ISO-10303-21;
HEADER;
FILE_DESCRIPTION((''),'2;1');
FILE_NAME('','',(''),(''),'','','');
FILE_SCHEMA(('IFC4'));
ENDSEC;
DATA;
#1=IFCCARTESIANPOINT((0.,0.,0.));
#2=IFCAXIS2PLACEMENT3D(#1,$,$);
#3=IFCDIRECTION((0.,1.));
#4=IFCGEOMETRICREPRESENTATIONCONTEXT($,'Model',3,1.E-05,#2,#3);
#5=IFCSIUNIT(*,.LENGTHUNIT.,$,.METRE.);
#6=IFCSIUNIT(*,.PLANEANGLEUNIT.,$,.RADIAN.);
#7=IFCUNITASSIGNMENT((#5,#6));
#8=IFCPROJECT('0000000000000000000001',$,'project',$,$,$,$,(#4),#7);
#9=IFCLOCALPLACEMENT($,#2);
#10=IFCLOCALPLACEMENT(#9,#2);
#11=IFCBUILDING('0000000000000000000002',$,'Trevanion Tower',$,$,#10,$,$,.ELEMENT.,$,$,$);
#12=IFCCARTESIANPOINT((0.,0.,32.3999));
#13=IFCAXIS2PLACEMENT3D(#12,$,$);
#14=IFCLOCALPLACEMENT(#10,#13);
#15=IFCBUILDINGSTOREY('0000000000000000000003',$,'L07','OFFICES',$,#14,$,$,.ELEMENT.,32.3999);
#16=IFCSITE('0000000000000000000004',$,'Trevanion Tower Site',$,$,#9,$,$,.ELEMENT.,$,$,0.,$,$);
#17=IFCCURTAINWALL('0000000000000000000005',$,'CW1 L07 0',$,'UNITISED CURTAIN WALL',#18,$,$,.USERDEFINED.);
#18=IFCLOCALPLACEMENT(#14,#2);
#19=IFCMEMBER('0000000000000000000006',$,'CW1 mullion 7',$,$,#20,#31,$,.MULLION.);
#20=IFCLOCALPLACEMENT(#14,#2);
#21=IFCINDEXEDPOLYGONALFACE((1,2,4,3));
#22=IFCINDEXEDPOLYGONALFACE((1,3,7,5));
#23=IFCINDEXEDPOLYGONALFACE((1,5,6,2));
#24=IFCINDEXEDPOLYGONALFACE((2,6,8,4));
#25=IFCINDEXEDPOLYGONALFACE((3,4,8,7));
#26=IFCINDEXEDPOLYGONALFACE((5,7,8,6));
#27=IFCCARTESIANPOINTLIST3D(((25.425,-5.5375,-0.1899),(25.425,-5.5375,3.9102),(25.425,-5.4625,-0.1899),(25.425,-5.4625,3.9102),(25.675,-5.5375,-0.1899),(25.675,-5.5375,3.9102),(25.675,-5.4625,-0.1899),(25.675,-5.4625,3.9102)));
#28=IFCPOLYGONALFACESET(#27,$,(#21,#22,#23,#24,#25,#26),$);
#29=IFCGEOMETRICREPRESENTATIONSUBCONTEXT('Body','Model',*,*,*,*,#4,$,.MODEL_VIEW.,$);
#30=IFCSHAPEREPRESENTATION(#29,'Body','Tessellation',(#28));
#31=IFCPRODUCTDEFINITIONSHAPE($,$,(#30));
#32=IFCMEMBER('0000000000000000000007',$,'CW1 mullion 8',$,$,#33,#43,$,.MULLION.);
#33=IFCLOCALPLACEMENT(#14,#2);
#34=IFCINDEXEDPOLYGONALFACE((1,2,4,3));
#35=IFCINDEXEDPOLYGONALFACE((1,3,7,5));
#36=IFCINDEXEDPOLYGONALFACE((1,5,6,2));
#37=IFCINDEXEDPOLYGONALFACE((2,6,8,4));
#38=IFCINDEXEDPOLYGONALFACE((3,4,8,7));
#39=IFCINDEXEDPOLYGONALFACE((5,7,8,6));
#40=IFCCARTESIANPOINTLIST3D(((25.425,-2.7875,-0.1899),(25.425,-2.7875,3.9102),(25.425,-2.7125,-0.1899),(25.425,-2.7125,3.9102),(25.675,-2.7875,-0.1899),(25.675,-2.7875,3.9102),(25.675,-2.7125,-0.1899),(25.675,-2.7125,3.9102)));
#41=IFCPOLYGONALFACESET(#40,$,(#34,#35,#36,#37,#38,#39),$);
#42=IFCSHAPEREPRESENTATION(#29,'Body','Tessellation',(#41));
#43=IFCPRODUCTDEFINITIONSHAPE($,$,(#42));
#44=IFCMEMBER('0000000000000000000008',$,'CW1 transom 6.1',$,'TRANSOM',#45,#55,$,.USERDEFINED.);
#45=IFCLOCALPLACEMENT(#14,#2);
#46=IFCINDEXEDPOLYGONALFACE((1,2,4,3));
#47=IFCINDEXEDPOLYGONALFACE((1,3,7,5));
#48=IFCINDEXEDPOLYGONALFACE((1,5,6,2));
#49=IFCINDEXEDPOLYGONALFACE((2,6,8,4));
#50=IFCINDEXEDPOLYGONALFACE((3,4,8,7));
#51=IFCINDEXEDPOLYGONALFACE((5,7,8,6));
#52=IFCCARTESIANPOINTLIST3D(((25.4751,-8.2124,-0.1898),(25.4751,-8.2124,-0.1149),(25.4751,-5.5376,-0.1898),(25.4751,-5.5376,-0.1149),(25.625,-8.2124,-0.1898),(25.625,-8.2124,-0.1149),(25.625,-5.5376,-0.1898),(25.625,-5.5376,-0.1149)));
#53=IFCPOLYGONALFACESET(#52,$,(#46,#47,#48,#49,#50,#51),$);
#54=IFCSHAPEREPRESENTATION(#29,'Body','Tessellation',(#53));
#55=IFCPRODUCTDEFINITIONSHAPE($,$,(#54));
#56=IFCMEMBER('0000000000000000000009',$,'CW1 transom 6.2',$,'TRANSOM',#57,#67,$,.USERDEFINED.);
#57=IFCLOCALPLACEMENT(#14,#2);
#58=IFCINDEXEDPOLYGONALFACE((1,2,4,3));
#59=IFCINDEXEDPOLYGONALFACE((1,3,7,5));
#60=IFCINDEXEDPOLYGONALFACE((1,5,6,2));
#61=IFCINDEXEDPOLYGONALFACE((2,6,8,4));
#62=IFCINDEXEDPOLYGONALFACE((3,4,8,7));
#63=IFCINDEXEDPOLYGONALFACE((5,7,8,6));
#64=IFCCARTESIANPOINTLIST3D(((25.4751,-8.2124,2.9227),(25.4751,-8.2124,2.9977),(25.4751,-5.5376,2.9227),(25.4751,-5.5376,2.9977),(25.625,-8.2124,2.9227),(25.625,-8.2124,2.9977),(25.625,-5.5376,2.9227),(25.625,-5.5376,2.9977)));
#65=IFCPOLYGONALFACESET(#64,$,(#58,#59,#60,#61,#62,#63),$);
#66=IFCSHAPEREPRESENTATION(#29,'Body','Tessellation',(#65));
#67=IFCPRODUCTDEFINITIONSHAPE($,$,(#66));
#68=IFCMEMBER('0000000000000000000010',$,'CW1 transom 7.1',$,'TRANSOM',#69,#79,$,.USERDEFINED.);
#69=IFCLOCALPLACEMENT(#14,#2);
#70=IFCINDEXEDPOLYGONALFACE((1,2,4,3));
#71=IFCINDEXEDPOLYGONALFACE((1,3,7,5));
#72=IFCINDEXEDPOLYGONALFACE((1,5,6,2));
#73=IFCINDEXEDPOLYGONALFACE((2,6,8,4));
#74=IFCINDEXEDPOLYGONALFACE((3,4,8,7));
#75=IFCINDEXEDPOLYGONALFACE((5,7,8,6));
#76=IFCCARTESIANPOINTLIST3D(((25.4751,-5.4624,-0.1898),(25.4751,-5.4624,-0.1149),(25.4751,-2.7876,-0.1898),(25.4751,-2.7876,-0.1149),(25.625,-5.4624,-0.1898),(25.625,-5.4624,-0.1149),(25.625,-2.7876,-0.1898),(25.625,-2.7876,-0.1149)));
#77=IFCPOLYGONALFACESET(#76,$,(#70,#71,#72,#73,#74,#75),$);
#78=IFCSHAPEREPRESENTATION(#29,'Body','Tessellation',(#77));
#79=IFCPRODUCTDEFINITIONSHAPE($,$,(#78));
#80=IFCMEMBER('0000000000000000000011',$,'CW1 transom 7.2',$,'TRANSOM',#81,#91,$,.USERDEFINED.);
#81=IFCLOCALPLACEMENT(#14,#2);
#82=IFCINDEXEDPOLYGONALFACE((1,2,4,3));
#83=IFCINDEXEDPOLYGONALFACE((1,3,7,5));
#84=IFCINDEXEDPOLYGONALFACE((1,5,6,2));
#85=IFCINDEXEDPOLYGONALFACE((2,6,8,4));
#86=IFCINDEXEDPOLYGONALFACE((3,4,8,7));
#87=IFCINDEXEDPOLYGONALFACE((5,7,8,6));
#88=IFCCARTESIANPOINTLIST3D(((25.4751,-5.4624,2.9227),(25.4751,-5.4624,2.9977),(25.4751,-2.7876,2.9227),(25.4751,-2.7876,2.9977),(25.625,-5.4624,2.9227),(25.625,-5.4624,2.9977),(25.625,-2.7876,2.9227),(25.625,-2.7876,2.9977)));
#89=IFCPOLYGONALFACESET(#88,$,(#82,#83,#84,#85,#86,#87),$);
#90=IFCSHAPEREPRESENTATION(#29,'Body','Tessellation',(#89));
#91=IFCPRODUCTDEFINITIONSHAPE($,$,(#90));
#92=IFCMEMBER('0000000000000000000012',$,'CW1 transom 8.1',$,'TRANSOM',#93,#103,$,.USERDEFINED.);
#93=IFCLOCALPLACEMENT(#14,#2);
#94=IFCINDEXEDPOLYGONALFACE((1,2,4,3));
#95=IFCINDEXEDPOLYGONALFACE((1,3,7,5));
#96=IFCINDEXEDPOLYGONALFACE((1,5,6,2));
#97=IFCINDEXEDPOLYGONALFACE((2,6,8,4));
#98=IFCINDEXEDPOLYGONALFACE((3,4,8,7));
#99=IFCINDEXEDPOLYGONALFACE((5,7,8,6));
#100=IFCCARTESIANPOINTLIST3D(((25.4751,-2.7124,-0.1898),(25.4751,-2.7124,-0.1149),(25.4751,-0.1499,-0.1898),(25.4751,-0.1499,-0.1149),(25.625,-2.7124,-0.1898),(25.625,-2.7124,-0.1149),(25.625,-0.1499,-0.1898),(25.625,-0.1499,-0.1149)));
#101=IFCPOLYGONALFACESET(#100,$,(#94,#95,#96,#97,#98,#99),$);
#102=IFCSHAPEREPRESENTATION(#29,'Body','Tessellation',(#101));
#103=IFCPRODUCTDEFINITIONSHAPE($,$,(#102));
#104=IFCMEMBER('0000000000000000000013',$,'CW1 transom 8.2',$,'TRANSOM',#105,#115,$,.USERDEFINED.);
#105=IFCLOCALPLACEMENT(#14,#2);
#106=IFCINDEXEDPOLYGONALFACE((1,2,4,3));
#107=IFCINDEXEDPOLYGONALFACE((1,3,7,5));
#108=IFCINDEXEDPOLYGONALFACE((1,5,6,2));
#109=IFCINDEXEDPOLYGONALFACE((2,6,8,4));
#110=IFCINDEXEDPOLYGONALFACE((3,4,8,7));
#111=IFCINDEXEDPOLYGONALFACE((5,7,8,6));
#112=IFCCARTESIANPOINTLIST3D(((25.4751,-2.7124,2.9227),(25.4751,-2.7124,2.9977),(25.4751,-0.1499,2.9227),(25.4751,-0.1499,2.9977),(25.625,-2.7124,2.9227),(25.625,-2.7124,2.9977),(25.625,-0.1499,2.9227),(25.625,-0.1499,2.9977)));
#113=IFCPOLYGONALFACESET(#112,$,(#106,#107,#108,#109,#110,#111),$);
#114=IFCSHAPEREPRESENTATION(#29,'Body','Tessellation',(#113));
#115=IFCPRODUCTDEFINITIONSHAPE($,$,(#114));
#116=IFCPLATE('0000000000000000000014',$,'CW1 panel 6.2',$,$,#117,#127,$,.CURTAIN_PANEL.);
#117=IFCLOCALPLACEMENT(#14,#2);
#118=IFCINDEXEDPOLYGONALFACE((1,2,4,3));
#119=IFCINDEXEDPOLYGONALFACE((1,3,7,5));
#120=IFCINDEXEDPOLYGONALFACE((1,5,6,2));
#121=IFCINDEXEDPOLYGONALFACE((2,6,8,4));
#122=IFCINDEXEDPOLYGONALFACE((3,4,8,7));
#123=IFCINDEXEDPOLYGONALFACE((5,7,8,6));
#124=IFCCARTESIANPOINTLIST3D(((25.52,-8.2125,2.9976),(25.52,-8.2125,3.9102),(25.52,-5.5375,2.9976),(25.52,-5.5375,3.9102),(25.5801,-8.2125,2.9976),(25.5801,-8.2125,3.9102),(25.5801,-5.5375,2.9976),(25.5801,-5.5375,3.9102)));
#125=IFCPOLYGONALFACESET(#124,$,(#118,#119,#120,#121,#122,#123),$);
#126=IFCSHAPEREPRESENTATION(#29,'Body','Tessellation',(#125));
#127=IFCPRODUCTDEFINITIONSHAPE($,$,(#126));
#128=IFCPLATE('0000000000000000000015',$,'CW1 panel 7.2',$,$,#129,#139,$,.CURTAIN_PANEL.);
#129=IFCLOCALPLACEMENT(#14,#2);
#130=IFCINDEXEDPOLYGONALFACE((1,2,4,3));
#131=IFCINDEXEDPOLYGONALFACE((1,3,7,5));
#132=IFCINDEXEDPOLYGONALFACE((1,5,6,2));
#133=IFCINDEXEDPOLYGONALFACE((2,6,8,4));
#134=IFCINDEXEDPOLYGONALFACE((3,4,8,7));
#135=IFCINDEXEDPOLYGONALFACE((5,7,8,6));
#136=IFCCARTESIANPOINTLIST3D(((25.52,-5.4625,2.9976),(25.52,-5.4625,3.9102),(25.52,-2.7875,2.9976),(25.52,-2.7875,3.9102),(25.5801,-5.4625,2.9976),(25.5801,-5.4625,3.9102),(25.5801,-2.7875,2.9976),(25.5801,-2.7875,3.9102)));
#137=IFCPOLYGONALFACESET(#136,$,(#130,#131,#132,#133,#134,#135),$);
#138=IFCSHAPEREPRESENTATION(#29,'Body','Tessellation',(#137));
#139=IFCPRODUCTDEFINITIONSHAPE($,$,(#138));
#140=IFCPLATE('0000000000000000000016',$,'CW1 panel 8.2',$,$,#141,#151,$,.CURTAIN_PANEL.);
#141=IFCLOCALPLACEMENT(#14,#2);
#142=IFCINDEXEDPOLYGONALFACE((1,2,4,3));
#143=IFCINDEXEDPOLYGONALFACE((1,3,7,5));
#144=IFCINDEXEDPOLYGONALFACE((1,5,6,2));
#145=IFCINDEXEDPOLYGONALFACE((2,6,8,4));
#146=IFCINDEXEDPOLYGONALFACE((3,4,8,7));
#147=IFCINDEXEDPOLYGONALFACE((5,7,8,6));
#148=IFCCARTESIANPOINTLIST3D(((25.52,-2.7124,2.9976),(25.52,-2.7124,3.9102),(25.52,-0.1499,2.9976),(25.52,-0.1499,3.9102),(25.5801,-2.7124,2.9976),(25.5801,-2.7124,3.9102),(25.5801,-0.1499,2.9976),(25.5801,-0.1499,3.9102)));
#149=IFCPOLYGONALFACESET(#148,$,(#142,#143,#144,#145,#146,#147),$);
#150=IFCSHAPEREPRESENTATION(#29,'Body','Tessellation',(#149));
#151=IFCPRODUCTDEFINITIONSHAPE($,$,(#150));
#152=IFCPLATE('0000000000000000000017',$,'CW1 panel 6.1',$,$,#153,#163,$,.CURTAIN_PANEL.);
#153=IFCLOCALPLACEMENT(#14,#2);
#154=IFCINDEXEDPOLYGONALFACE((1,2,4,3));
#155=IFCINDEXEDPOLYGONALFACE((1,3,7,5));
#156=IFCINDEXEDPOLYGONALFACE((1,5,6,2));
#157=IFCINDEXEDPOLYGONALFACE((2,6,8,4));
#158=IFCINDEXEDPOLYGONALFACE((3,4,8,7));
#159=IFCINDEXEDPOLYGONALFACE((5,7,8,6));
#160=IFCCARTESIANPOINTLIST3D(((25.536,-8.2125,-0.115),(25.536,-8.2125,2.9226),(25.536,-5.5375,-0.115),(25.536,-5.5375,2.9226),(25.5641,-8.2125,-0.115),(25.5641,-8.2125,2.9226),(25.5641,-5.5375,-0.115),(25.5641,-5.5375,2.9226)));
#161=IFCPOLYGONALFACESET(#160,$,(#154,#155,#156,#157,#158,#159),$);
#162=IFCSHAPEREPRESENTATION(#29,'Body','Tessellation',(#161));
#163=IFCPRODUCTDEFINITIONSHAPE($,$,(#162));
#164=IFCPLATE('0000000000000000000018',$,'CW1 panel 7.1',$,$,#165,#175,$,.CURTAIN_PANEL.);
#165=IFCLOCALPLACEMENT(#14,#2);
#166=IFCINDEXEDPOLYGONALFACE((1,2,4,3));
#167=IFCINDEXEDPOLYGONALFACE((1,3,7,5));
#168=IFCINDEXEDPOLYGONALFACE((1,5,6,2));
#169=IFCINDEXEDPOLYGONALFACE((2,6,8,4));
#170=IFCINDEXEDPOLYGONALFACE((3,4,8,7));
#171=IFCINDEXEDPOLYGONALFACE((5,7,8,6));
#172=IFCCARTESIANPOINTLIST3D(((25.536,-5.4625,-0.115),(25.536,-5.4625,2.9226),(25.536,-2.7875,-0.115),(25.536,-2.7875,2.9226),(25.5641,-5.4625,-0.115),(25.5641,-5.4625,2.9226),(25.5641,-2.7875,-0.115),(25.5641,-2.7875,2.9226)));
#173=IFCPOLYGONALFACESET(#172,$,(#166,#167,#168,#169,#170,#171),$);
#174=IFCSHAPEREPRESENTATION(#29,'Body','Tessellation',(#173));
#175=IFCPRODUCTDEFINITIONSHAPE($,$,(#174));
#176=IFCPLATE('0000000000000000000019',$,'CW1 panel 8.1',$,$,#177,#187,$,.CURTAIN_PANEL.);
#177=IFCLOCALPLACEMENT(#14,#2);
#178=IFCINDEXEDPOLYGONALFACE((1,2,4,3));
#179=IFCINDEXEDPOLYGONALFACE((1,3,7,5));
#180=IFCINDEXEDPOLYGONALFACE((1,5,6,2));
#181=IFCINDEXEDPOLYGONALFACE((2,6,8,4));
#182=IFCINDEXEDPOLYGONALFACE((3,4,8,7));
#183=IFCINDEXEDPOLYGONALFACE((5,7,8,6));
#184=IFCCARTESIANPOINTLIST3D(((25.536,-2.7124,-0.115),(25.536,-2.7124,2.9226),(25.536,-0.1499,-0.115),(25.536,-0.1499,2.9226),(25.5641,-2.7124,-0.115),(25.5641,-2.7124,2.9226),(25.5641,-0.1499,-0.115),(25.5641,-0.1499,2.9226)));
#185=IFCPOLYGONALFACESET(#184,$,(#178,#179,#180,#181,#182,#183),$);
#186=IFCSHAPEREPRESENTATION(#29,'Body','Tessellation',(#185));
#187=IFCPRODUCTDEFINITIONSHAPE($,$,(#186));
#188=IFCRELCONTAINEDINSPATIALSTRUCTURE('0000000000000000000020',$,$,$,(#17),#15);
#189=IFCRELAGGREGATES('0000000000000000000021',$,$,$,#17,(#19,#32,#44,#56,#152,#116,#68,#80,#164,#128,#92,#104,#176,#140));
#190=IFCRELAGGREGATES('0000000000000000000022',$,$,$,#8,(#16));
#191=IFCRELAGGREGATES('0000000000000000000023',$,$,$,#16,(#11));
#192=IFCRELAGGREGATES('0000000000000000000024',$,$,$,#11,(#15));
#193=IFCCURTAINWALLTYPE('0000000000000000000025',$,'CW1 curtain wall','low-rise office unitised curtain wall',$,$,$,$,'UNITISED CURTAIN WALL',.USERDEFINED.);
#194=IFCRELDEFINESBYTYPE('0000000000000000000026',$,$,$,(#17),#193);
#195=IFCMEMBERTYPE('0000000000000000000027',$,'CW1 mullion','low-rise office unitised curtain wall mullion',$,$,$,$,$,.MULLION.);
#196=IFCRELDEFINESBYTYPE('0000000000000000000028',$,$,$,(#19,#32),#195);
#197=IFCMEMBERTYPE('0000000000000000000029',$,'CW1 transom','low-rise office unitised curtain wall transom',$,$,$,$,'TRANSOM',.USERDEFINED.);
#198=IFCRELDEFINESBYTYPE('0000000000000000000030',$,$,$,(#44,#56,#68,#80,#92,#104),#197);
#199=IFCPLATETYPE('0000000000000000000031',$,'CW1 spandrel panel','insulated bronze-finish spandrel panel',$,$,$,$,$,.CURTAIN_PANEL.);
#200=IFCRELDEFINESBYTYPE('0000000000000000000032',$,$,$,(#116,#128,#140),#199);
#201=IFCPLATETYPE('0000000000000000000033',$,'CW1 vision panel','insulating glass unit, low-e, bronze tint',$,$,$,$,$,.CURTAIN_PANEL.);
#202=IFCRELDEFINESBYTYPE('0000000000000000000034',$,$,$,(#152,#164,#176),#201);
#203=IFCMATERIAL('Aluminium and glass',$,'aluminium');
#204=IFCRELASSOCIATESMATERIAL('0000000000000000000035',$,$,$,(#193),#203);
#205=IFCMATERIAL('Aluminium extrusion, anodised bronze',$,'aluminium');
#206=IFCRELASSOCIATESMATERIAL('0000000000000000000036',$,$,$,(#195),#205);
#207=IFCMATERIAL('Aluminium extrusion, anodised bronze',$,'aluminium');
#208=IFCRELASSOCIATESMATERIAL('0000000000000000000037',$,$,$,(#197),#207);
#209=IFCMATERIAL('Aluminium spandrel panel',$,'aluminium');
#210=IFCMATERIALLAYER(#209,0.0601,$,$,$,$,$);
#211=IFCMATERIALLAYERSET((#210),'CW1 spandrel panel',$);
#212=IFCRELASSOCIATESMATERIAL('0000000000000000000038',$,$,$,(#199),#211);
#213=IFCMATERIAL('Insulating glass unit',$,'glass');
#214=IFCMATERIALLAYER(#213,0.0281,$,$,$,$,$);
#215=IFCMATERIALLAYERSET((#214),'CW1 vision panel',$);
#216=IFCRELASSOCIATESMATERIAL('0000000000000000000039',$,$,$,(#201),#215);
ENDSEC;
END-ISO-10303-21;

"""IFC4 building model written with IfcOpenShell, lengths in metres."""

from ifc_helpers import new_model, si_unit, direction, frame, origin, origin_2d, place, context, subcontext, project, spatial, rectangle, extrude, material, layer, layer_set, material_profile, profile_set, type_object, element, aggregate, save


model = new_model("IFC4")

# Units and contexts
model_context = context("Model", 3, precision=1e-05, world=origin(), true_north=direction((0.0, 1.0)))
body_context = subcontext(model_context, "Body", "Model", "MODEL_VIEW")
ifc_project = project(units=[si_unit("LENGTHUNIT", "METRE"), si_unit("PLANEANGLEUNIT", "RADIAN")], contexts=[model_context])

# Site, building, storey
site_placement = place(None, origin())
site = spatial("IfcSite", under=ifc_project, at=site_placement, Name="Trevanion Tower Site", CompositionType="ELEMENT", RefElevation=0.0)
building_placement = place(site_placement, origin())
building = spatial("IfcBuilding", under=site, at=building_placement, Name="Trevanion Tower", CompositionType="ELEMENT")
storey_placement = place(building_placement, frame((0.0, 0.0, 32.3999)))
storey = spatial("IfcBuildingStorey", under=building, at=storey_placement, Name="L07", Description="OFFICES", CompositionType="ELEMENT", Elevation=32.3999)

# Curtain wall, members, plates
ifc_material_1 = material(Name="Aluminium and glass", Category="aluminium")
curtain_wall_type = type_object("IfcCurtainWallType", Name="CW1 curtain wall", Description="low-rise office unitised curtain wall", ElementType="UNITISED CURTAIN WALL", PredefinedType="USERDEFINED", material=ifc_material_1)
curtain_wall_placement = place(storey_placement, origin())
curtain_wall = element("IfcCurtainWall", 1, at=curtain_wall_placement, inside=storey, type_object=curtain_wall_type, Name="CW1 L07 0", ObjectType="UNITISED CURTAIN WALL", PredefinedType="USERDEFINED")
ifc_material_2 = material(Name="Aluminium extrusion, anodised bronze", Category="aluminium")
ifc_material_profile_1 = material_profile(ifc_material_2, rectangle(XDim=0.075, YDim=0.25, at=origin_2d()), Name="CW1 mullion")
ifc_profile_set_1 = profile_set([ifc_material_profile_1], Name="Aluminium extrusion, anodised bronze")
member_type_1 = type_object("IfcMemberType", Name="CW1 mullion", Description="low-rise office unitised curtain wall mullion", PredefinedType="MULLION", material=ifc_profile_set_1)
member_1_placement = place(storey_placement, frame((25.55, -5.5, -0.1899), z_axis=(0.0, 0.0, 1.0), x_axis=(0.0, 1.0, 0.0)))
member_1 = element("IfcMember", 2, at=member_1_placement, type_object=member_type_1, Name="CW1 mullion 7", PredefinedType="MULLION", context=body_context, shape_type="SweptSolid", body=[
    extrude(rectangle(XDim=0.075, YDim=0.25, at=origin_2d()), origin(), (0.0, 0.0, 1.0), 4.1001),
])
member_2_placement = place(storey_placement, frame((25.55, -2.75, -0.1899), z_axis=(0.0, 0.0, 1.0), x_axis=(0.0, 1.0, 0.0)))
member_2 = element("IfcMember", 3, at=member_2_placement, type_object=member_type_1, Name="CW1 mullion 8", PredefinedType="MULLION", context=body_context, shape_type="SweptSolid", body=[
    extrude(rectangle(XDim=0.075, YDim=0.25, at=origin_2d()), origin(), (0.0, 0.0, 1.0), 4.1001),
])
ifc_material_3 = material(Name="Aluminium extrusion, anodised bronze", Category="aluminium")
ifc_material_profile_2 = material_profile(ifc_material_3, rectangle(XDim=0.1499, YDim=0.075, at=origin_2d()), Name="CW1 transom")
ifc_profile_set_2 = profile_set([ifc_material_profile_2], Name="Aluminium extrusion, anodised bronze")
member_type_2 = type_object("IfcMemberType", Name="CW1 transom", Description="low-rise office unitised curtain wall transom", ElementType="TRANSOM", PredefinedType="USERDEFINED", material=ifc_profile_set_2)
member_3_placement = place(storey_placement, frame((25.55, -8.2124, -0.1523), z_axis=(0.0, 1.0, 0.0), x_axis=(-1.0, 0.0, 0.0)))
member_3 = element("IfcMember", 4, at=member_3_placement, type_object=member_type_2, Name="CW1 transom 6.1", ObjectType="TRANSOM", PredefinedType="USERDEFINED", context=body_context, shape_type="SweptSolid", body=[
    extrude(rectangle(XDim=0.1499, YDim=0.075, at=origin_2d()), origin(), (0.0, 0.0, 1.0), 2.6748),
])
member_4_placement = place(storey_placement, frame((25.55, -8.2124, 2.9602), z_axis=(0.0, 1.0, 0.0), x_axis=(-1.0, 0.0, 0.0)))
member_4 = element("IfcMember", 5, at=member_4_placement, type_object=member_type_2, Name="CW1 transom 6.2", ObjectType="TRANSOM", PredefinedType="USERDEFINED", context=body_context, shape_type="SweptSolid", body=[
    extrude(rectangle(XDim=0.1499, YDim=0.075, at=origin_2d()), origin(), (0.0, 0.0, 1.0), 2.6748),
])
member_5_placement = place(storey_placement, frame((25.55, -5.4624, -0.1523), z_axis=(0.0, 1.0, 0.0), x_axis=(-1.0, 0.0, 0.0)))
member_5 = element("IfcMember", 6, at=member_5_placement, type_object=member_type_2, Name="CW1 transom 7.1", ObjectType="TRANSOM", PredefinedType="USERDEFINED", context=body_context, shape_type="SweptSolid", body=[
    extrude(rectangle(XDim=0.1499, YDim=0.075, at=origin_2d()), origin(), (0.0, 0.0, 1.0), 2.6748),
])
member_6_placement = place(storey_placement, frame((25.55, -5.4624, 2.9602), z_axis=(0.0, 1.0, 0.0), x_axis=(-1.0, 0.0, 0.0)))
member_6 = element("IfcMember", 7, at=member_6_placement, type_object=member_type_2, Name="CW1 transom 7.2", ObjectType="TRANSOM", PredefinedType="USERDEFINED", context=body_context, shape_type="SweptSolid", body=[
    extrude(rectangle(XDim=0.1499, YDim=0.075, at=origin_2d()), origin(), (0.0, 0.0, 1.0), 2.6748),
])
member_7_placement = place(storey_placement, frame((25.55, -2.7124, -0.1523), z_axis=(0.0, 1.0, 0.0), x_axis=(-1.0, 0.0, 0.0)))
member_7 = element("IfcMember", 8, at=member_7_placement, type_object=member_type_2, Name="CW1 transom 8.1", ObjectType="TRANSOM", PredefinedType="USERDEFINED", context=body_context, shape_type="SweptSolid", body=[
    extrude(rectangle(XDim=0.1499, YDim=0.075, at=origin_2d()), origin(), (0.0, 0.0, 1.0), 2.5625),
])
member_8_placement = place(storey_placement, frame((25.55, -2.7124, 2.9602), z_axis=(0.0, 1.0, 0.0), x_axis=(-1.0, 0.0, 0.0)))
member_8 = element("IfcMember", 9, at=member_8_placement, type_object=member_type_2, Name="CW1 transom 8.2", ObjectType="TRANSOM", PredefinedType="USERDEFINED", context=body_context, shape_type="SweptSolid", body=[
    extrude(rectangle(XDim=0.1499, YDim=0.075, at=origin_2d()), origin(), (0.0, 0.0, 1.0), 2.5625),
])
ifc_material_4 = material(Name="Aluminium spandrel panel", Category="aluminium")
ifc_layer_1 = layer(ifc_material_4, 0.0601)
ifc_layer_set_1 = layer_set([ifc_layer_1], Name="CW1 spandrel panel")
plate_type_1 = type_object("IfcPlateType", Name="CW1 spandrel panel", Description="insulated bronze-finish spandrel panel", PredefinedType="CURTAIN_PANEL", material=ifc_layer_set_1)
plate_1_placement = place(storey_placement, frame((25.55, -6.875, 2.9976), z_axis=(0.0, 0.0, 1.0), x_axis=(0.0, 1.0, 0.0)))
plate_1 = element("IfcPlate", 10, at=plate_1_placement, type_object=plate_type_1, Name="CW1 panel 6.2", PredefinedType="CURTAIN_PANEL", context=body_context, shape_type="SweptSolid", body=[
    extrude(rectangle(XDim=2.675, YDim=0.0601, at=origin_2d()), origin(), (0.0, 0.0, 1.0), 0.9126),
])
plate_2_placement = place(storey_placement, frame((25.55, -4.125, 2.9976), z_axis=(0.0, 0.0, 1.0), x_axis=(0.0, 1.0, 0.0)))
plate_2 = element("IfcPlate", 11, at=plate_2_placement, type_object=plate_type_1, Name="CW1 panel 7.2", PredefinedType="CURTAIN_PANEL", context=body_context, shape_type="SweptSolid", body=[
    extrude(rectangle(XDim=2.675, YDim=0.0601, at=origin_2d()), origin(), (0.0, 0.0, 1.0), 0.9126),
])
plate_3_placement = place(storey_placement, frame((25.55, -1.4312, 2.9976), z_axis=(0.0, 0.0, 1.0), x_axis=(0.0, 1.0, 0.0)))
plate_3 = element("IfcPlate", 12, at=plate_3_placement, type_object=plate_type_1, Name="CW1 panel 8.2", PredefinedType="CURTAIN_PANEL", context=body_context, shape_type="SweptSolid", body=[
    extrude(rectangle(XDim=2.5625, YDim=0.0601, at=origin_2d()), origin(), (0.0, 0.0, 1.0), 0.9126),
])
ifc_material_5 = material(Name="Insulating glass unit", Category="glass")
ifc_layer_2 = layer(ifc_material_5, 0.0281)
ifc_layer_set_2 = layer_set([ifc_layer_2], Name="CW1 vision panel")
plate_type_2 = type_object("IfcPlateType", Name="CW1 vision panel", Description="insulating glass unit, low-e, bronze tint", PredefinedType="CURTAIN_PANEL", material=ifc_layer_set_2)
plate_4_placement = place(storey_placement, frame((25.55, -6.875, -0.115), z_axis=(0.0, 0.0, 1.0), x_axis=(0.0, 1.0, 0.0)))
plate_4 = element("IfcPlate", 13, at=plate_4_placement, type_object=plate_type_2, Name="CW1 panel 6.1", PredefinedType="CURTAIN_PANEL", context=body_context, shape_type="SweptSolid", body=[
    extrude(rectangle(XDim=2.675, YDim=0.0281, at=origin_2d()), origin(), (0.0, 0.0, 1.0), 3.0376),
])
plate_5_placement = place(storey_placement, frame((25.55, -4.125, -0.115), z_axis=(0.0, 0.0, 1.0), x_axis=(0.0, 1.0, 0.0)))
plate_5 = element("IfcPlate", 14, at=plate_5_placement, type_object=plate_type_2, Name="CW1 panel 7.1", PredefinedType="CURTAIN_PANEL", context=body_context, shape_type="SweptSolid", body=[
    extrude(rectangle(XDim=2.675, YDim=0.0281, at=origin_2d()), origin(), (0.0, 0.0, 1.0), 3.0376),
])
plate_6_placement = place(storey_placement, frame((25.55, -1.4312, -0.115), z_axis=(0.0, 0.0, 1.0), x_axis=(0.0, 1.0, 0.0)))
plate_6 = element("IfcPlate", 15, at=plate_6_placement, type_object=plate_type_2, Name="CW1 panel 8.1", PredefinedType="CURTAIN_PANEL", context=body_context, shape_type="SweptSolid", body=[
    extrude(rectangle(XDim=2.5625, YDim=0.0281, at=origin_2d()), origin(), (0.0, 0.0, 1.0), 3.0376),
])
aggregate(curtain_wall, [member_1, member_2, member_3, member_4, plate_4, plate_1, member_5, member_6, plate_5, plate_2, member_7, member_8, plate_6, plate_3])

save(model, "model.ifc")
